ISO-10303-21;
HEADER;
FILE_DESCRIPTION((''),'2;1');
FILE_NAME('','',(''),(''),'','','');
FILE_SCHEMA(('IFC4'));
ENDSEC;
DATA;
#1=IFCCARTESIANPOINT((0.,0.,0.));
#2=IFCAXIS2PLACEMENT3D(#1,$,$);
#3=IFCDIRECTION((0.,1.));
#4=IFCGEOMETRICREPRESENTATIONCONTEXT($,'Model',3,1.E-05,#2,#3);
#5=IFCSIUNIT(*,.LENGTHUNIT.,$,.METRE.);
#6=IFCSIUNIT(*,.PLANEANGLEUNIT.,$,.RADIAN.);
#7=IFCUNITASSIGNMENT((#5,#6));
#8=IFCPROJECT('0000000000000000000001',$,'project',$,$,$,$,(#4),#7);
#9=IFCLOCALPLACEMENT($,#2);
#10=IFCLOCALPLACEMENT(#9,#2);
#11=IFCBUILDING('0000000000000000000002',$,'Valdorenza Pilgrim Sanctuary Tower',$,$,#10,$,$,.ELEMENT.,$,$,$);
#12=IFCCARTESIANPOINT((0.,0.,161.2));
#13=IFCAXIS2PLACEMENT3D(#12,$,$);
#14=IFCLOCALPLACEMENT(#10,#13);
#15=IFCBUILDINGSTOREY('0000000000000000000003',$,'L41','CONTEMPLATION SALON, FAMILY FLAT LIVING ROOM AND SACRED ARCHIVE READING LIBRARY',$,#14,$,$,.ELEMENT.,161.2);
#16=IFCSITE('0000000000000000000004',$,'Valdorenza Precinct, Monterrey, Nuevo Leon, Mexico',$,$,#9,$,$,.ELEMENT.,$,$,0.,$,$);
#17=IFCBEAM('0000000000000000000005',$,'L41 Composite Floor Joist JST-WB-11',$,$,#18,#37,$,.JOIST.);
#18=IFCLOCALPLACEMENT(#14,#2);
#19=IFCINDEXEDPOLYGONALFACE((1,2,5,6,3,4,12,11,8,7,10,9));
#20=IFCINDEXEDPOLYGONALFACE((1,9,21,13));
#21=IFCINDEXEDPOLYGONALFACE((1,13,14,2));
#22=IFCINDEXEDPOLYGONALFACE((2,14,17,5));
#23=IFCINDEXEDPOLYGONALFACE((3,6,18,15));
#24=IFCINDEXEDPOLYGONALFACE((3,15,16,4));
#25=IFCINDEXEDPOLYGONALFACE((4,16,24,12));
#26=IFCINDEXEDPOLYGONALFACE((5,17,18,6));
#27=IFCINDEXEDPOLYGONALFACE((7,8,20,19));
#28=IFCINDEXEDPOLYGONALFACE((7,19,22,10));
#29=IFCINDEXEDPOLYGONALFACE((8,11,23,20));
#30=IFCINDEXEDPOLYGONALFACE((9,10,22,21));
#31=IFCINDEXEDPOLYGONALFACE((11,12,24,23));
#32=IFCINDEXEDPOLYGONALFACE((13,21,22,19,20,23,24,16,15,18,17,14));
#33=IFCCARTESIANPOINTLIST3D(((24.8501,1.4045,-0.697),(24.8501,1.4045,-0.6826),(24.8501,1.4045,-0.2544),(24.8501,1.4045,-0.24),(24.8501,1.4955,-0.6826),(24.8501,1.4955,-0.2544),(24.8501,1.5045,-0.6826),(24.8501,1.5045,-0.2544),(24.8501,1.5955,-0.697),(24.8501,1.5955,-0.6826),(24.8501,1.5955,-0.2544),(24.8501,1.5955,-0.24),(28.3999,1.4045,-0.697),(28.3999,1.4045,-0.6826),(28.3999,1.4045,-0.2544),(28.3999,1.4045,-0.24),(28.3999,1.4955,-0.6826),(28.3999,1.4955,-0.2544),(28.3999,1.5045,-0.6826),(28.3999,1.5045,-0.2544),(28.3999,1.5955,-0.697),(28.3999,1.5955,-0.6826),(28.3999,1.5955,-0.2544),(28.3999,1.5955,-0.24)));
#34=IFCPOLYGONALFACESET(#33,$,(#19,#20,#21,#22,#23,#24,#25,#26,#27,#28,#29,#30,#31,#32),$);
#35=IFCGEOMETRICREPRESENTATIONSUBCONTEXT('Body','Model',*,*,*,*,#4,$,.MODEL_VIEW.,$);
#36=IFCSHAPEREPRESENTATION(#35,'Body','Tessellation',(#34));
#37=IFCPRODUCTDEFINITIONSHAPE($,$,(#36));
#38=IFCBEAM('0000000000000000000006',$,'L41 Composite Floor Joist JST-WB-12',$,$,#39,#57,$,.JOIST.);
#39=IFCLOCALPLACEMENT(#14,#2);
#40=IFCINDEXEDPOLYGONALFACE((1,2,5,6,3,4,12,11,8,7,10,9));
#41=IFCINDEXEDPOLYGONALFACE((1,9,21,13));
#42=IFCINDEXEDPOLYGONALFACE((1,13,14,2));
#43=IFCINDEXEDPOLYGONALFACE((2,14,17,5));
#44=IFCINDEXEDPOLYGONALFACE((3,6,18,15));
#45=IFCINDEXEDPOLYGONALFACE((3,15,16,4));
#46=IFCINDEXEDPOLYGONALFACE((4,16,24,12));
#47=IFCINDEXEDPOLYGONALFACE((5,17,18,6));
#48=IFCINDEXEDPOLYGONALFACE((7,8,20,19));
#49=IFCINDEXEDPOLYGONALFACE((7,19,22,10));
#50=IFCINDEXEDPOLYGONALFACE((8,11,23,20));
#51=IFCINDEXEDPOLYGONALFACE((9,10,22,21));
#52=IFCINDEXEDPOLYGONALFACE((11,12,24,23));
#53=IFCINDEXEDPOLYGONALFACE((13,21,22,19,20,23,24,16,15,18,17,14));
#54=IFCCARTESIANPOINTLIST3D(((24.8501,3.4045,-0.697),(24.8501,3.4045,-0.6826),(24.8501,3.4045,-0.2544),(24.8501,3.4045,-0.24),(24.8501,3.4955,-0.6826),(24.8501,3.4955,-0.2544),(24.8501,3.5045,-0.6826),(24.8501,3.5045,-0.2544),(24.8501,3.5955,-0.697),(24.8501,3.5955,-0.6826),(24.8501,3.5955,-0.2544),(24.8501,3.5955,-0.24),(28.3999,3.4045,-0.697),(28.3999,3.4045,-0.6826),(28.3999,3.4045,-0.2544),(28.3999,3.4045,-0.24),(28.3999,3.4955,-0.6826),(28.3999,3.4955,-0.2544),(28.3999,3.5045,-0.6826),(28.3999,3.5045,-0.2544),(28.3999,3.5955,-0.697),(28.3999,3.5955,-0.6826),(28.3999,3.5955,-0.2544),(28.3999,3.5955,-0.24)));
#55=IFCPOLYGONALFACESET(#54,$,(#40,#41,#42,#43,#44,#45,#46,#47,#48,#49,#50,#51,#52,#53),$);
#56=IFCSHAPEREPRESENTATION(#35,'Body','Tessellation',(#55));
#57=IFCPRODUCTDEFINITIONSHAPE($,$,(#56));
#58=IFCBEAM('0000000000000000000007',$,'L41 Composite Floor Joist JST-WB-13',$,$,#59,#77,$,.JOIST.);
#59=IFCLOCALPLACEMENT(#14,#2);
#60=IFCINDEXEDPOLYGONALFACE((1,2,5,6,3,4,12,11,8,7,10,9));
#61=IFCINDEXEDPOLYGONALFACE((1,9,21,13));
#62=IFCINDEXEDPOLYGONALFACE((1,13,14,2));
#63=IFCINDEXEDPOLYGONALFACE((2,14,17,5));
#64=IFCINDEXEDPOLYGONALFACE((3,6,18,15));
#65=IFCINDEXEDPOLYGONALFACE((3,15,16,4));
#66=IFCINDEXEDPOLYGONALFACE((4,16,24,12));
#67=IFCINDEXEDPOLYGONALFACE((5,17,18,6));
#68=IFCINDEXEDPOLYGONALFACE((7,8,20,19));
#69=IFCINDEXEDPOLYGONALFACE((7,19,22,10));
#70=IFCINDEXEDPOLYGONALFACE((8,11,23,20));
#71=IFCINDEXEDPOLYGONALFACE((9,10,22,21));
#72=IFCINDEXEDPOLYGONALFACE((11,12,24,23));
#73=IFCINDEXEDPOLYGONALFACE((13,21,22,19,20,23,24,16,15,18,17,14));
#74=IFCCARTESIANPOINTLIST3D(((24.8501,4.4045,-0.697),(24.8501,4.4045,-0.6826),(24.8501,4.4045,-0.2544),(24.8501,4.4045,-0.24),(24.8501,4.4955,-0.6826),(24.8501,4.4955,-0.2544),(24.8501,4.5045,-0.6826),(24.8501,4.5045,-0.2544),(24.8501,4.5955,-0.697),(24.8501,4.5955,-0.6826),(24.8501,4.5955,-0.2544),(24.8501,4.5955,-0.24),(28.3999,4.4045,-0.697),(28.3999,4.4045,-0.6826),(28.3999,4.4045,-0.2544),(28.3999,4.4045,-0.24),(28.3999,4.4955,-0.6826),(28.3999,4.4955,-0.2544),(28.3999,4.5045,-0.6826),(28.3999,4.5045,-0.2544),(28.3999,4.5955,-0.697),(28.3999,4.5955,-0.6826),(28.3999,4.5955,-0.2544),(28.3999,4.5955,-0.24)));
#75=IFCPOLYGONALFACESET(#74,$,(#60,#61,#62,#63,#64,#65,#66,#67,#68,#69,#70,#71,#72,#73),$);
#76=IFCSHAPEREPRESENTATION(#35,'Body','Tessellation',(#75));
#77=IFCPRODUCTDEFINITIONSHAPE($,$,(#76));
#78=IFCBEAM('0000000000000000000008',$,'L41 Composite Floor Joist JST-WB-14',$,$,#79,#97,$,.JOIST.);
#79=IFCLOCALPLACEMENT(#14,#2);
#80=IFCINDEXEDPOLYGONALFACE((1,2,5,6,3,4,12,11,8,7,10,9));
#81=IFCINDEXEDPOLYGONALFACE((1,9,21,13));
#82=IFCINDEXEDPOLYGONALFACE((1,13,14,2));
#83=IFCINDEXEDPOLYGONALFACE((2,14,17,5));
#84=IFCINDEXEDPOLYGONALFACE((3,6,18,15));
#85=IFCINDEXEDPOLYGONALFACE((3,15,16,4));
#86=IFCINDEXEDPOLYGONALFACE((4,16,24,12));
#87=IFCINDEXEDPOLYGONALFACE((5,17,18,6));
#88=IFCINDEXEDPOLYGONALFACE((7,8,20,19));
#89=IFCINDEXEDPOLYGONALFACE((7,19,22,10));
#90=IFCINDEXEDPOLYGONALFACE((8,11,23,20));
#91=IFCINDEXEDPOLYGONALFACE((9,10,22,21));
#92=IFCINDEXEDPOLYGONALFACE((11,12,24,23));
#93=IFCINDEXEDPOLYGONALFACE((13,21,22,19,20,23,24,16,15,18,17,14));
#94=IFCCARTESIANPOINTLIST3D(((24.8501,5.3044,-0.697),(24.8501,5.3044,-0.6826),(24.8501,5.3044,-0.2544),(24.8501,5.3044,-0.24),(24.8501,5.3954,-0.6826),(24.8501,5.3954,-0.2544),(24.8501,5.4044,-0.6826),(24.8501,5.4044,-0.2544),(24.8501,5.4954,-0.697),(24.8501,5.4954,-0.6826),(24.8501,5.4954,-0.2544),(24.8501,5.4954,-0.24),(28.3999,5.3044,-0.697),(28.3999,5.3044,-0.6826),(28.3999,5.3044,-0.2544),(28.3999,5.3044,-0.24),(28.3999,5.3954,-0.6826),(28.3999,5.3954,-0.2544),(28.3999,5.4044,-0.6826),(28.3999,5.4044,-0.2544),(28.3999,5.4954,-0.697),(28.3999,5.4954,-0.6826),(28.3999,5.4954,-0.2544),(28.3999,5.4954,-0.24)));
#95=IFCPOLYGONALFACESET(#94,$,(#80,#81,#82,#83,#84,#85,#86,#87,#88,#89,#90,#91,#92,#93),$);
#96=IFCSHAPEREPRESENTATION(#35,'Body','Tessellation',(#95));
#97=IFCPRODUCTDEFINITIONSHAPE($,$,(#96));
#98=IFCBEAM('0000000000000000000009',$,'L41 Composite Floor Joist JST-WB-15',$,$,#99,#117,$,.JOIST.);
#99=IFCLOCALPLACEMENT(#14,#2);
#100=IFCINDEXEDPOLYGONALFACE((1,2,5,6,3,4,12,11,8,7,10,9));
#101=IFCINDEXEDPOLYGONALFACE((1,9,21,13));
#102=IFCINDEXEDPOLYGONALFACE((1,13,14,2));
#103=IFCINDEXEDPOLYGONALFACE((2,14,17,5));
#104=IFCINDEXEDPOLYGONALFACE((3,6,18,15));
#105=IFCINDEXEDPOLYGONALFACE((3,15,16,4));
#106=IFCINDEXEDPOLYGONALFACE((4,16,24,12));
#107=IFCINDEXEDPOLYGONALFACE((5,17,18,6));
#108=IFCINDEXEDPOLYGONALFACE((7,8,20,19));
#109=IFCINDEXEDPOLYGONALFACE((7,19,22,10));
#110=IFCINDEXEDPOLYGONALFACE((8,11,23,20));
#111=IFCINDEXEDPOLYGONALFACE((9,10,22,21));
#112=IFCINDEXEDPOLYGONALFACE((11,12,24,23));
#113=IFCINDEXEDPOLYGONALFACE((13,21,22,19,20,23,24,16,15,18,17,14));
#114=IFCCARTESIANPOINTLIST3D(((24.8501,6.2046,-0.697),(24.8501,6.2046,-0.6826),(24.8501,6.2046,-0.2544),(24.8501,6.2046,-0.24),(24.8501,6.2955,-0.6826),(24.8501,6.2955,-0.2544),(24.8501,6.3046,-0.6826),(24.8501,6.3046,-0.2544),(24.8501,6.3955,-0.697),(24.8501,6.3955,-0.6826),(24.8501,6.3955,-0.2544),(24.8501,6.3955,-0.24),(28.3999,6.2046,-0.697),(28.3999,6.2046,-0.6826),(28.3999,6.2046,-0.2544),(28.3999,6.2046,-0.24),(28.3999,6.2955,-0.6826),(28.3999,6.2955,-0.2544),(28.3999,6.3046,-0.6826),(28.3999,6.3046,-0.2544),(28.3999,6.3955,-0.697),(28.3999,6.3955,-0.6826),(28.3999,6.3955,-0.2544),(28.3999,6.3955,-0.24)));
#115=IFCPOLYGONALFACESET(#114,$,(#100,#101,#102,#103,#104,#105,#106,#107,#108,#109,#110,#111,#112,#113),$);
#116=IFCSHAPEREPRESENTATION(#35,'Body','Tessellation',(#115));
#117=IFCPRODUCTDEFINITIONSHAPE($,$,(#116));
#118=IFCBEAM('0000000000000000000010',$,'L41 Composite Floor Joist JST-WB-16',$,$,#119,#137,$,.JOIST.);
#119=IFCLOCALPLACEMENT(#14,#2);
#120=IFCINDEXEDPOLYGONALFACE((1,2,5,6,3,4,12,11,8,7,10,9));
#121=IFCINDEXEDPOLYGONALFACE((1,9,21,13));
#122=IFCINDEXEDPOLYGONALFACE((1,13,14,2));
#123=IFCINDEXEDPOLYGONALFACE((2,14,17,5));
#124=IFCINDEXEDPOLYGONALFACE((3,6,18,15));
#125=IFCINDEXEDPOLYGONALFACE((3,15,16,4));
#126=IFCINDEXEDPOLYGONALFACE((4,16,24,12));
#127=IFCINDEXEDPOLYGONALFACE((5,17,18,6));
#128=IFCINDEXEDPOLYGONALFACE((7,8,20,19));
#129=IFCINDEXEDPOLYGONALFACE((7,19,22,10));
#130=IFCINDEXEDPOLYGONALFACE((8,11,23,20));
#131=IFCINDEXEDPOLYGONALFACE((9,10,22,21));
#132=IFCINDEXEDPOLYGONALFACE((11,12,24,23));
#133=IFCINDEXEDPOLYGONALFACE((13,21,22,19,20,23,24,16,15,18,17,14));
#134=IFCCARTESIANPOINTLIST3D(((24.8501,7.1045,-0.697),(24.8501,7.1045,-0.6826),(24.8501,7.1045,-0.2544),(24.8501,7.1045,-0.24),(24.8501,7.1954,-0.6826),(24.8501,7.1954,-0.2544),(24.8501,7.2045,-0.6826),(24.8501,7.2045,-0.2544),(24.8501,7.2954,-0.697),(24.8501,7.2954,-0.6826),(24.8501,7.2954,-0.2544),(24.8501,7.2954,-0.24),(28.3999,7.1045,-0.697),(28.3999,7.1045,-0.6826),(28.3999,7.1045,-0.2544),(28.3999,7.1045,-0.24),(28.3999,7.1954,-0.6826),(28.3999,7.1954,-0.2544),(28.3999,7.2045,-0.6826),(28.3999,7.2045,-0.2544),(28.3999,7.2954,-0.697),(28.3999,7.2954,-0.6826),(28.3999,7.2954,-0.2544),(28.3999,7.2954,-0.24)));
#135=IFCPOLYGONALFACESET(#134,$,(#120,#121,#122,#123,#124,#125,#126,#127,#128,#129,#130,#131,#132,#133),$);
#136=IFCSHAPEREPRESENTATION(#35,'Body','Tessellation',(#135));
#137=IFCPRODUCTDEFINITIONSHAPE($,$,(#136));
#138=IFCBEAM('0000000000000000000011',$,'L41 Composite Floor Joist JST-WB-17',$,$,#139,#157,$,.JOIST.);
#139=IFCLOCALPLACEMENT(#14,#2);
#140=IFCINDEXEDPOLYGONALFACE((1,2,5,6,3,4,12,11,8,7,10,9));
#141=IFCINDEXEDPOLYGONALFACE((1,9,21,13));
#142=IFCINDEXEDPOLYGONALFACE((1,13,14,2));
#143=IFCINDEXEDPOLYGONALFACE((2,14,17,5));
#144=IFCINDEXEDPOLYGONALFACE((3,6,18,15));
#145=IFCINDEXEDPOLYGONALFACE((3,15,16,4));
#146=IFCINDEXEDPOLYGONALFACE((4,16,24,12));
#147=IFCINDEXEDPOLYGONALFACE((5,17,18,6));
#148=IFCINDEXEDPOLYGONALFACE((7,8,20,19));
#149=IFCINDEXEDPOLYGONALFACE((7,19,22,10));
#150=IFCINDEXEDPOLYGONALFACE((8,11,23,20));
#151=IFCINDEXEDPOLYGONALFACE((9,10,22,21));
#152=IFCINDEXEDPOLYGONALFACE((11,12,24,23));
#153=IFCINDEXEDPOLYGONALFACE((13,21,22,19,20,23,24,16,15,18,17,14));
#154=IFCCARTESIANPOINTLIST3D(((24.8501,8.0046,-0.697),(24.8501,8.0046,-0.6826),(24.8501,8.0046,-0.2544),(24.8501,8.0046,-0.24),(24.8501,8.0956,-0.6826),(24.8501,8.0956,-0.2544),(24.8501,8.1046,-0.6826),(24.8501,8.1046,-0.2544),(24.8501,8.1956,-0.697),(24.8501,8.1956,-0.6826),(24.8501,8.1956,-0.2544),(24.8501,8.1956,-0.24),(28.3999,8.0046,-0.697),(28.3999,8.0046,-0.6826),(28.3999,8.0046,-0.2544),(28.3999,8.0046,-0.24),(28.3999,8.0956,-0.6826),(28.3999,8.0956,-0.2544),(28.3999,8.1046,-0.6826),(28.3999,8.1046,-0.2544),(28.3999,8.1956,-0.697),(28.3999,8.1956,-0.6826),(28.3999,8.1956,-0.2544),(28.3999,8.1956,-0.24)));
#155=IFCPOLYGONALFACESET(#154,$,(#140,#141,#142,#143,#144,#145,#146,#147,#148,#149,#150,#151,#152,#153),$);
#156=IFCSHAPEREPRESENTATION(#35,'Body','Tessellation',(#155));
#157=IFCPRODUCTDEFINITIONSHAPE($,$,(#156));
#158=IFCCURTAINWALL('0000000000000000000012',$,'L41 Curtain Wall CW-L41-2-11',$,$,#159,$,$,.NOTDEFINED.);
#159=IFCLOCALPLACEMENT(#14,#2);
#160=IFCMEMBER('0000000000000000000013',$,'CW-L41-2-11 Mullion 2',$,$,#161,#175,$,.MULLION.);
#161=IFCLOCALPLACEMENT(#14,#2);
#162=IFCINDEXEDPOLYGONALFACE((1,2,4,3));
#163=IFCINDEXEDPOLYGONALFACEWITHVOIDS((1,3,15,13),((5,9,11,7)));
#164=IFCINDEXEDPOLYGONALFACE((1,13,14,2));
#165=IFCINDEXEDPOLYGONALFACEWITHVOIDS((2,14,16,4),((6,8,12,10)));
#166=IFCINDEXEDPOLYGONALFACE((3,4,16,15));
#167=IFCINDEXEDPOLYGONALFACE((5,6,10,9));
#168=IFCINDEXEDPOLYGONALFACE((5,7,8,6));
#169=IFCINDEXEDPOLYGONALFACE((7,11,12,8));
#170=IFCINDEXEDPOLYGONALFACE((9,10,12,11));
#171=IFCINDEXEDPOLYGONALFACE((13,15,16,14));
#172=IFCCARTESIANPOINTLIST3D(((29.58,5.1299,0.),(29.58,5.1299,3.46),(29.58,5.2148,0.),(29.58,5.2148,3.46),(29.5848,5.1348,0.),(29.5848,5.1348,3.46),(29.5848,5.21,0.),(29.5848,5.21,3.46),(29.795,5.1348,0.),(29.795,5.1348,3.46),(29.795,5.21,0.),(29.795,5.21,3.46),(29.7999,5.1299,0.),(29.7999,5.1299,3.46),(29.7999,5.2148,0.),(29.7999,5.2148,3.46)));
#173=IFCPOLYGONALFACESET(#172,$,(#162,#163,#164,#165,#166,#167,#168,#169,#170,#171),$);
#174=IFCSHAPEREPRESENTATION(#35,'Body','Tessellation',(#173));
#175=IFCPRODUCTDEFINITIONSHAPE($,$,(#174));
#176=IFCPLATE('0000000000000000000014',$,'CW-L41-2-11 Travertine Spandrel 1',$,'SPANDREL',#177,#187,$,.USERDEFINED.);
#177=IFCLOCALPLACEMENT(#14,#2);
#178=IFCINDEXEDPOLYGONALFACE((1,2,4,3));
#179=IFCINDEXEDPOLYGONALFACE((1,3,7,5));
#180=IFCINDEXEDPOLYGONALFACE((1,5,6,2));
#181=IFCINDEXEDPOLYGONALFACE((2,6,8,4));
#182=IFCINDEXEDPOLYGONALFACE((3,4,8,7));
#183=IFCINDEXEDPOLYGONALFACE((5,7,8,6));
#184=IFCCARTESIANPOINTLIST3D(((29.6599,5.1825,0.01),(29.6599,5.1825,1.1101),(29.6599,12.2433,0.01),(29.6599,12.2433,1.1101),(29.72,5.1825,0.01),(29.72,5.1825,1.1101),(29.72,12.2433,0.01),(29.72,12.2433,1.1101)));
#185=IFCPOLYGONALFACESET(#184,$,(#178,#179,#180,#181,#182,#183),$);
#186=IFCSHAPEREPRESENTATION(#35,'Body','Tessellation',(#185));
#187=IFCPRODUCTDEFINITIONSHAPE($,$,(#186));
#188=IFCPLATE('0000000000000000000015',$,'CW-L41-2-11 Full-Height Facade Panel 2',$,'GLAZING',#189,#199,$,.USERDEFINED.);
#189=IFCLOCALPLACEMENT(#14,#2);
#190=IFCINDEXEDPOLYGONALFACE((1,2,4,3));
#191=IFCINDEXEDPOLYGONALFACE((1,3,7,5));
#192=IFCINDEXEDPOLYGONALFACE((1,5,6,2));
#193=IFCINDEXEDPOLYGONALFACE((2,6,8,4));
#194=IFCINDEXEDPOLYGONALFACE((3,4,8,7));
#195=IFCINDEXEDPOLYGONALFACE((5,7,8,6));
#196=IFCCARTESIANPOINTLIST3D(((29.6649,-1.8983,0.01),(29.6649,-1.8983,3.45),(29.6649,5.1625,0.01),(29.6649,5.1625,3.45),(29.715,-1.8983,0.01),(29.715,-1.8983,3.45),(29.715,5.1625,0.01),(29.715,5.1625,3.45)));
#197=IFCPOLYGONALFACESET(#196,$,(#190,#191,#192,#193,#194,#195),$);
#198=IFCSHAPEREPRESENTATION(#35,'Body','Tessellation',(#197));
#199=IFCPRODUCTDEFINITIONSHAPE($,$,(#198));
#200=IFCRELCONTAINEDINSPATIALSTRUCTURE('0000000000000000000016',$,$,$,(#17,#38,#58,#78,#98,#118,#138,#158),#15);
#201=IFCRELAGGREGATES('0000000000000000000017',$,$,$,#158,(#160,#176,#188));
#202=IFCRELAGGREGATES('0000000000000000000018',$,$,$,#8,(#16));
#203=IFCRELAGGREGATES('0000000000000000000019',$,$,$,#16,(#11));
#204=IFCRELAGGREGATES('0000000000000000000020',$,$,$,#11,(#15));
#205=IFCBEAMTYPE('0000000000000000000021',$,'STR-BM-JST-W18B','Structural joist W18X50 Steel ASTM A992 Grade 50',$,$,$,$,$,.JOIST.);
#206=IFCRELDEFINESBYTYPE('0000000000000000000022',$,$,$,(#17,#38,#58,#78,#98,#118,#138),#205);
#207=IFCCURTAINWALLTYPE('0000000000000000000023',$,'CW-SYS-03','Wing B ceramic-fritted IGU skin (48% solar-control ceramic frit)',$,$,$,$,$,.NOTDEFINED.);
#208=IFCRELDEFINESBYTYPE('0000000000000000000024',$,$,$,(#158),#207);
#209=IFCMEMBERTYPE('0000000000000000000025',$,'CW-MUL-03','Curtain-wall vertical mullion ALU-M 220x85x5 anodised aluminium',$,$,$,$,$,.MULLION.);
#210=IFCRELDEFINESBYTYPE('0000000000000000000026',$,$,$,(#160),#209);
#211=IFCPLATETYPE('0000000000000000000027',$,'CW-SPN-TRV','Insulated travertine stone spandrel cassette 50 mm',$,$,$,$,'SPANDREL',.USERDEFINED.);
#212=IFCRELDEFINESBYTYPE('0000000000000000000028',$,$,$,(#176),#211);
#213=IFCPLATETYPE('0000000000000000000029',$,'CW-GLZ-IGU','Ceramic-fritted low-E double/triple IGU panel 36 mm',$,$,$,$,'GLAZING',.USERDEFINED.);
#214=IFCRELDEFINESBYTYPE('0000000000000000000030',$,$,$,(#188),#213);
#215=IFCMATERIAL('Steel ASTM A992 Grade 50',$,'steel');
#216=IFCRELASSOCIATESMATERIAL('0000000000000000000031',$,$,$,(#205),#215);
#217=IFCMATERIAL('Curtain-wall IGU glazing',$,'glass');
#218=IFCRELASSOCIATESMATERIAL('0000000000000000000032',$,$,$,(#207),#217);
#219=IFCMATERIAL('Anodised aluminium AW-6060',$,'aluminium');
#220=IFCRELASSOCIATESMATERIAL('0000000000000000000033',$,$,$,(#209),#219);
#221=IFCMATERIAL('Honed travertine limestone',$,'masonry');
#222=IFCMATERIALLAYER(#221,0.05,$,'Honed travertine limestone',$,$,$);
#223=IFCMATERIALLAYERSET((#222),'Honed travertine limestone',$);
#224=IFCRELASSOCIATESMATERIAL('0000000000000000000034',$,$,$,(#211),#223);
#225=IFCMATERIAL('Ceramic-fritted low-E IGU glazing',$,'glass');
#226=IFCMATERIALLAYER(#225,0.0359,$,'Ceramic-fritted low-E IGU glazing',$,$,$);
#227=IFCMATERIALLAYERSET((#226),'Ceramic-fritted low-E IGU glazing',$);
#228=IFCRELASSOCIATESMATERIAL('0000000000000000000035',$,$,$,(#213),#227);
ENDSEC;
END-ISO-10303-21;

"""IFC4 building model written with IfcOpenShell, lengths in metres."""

from ifc_helpers import new_model, si_unit, direction, frame, origin, origin_2d, place, context, subcontext, project, spatial, rectangle, hollow_rectangle, i_section, extrude, source, transform, mapped, material, layer, layer_set, material_profile, profile_set, type_object, element, aggregate, save


model = new_model("IFC4")

# Units and contexts
model_context = context("Model", 3, precision=1e-05, world=origin(), true_north=direction((0.0, 1.0)))
body_context = subcontext(model_context, "Body", "Model", "MODEL_VIEW")
ifc_project = project(units=[si_unit("LENGTHUNIT", "METRE"), si_unit("PLANEANGLEUNIT", "RADIAN")], contexts=[model_context])

# Site, building, storey
site_placement = place(None, origin())
site = spatial("IfcSite", under=ifc_project, at=site_placement, Name="Valdorenza Precinct, Monterrey, Nuevo Leon, Mexico", CompositionType="ELEMENT", RefElevation=0.0)
building_placement = place(site_placement, origin())
building = spatial("IfcBuilding", under=site, at=building_placement, Name="Valdorenza Pilgrim Sanctuary Tower", CompositionType="ELEMENT")
storey_placement = place(building_placement, frame((0.0, 0.0, 161.2)))
storey = spatial("IfcBuildingStorey", under=building, at=storey_placement, Name="L41", Description="CONTEMPLATION SALON, FAMILY FLAT LIVING ROOM AND SACRED ARCHIVE READING LIBRARY", CompositionType="ELEMENT", Elevation=161.2)

# Beams
ifc_material_1 = material(Name="Steel ASTM A992 Grade 50", Category="steel")
ifc_material_profile_1 = material_profile(ifc_material_1, i_section(OverallWidth=0.1909, OverallDepth=0.457, WebThickness=0.009, FlangeThickness=0.0144, at=origin_2d()), Name="W18X50")
ifc_profile_set_1 = profile_set([ifc_material_profile_1], Name="Steel ASTM A992 Grade 50")
beam_type = type_object("IfcBeamType", Name="STR-BM-JST-W18B", Description="Structural joist W18X50 Steel ASTM A992 Grade 50", PredefinedType="JOIST", material=ifc_profile_set_1)
shared_shape_1 = source(origin(), body_context, "Body", "SweptSolid", [
    extrude(i_section(OverallWidth=0.1909, OverallDepth=0.457, WebThickness=0.009, FlangeThickness=0.0144, at=origin_2d()), origin(), (0.0, 0.0, 1.0), 3.5498),
])
for number, where, z_axis, x_axis, name in (
    (1, (24.8501, 1.5, -0.4685), (1.0, 0.0, 0.0), (0.0, 1.0, 0.0), "L41 Composite Floor Joist JST-WB-11"),
    (2, (24.8501, 3.5, -0.4685), (1.0, 0.0, 0.0), (0.0, 1.0, 0.0), "L41 Composite Floor Joist JST-WB-12"),
    (3, (24.8501, 4.5, -0.4685), (1.0, 0.0, 0.0), (0.0, 1.0, 0.0), "L41 Composite Floor Joist JST-WB-13"),
    (4, (24.8501, 5.3999, -0.4685), (1.0, 0.0, 0.0), (0.0, 1.0, 0.0), "L41 Composite Floor Joist JST-WB-14"),
    (5, (24.8501, 6.3, -0.4685), (1.0, 0.0, 0.0), (0.0, 1.0, 0.0), "L41 Composite Floor Joist JST-WB-15"),
    (6, (24.8501, 7.2, -0.4685), (1.0, 0.0, 0.0), (0.0, 1.0, 0.0), "L41 Composite Floor Joist JST-WB-16"),
    (7, (24.8501, 8.1001, -0.4685), (1.0, 0.0, 0.0), (0.0, 1.0, 0.0), "L41 Composite Floor Joist JST-WB-17"),
):
    element("IfcBeam", number, at=place(storey_placement, frame(where, z_axis=z_axis, x_axis=x_axis)), inside=storey, type_object=beam_type, Name=name, PredefinedType="JOIST", context=body_context, shape_type="MappedRepresentation", body=[
        mapped(shared_shape_1, transform((0.0, 0.0, 0.0), x_axis=(1.0, 0.0, 0.0), y_axis=(0.0, 1.0, 0.0), z_axis=(0.0, 0.0, 1.0), scale=1.0)),
    ])

# Curtain wall, member, plates
ifc_material_2 = material(Name="Curtain-wall IGU glazing", Category="glass")
curtain_wall_type = type_object("IfcCurtainWallType", Name="CW-SYS-03", Description="Wing B ceramic-fritted IGU skin (48% solar-control ceramic frit)", PredefinedType="NOTDEFINED", material=ifc_material_2)
curtain_wall_placement = place(storey_placement, origin())
curtain_wall = element("IfcCurtainWall", 8, at=curtain_wall_placement, inside=storey, type_object=curtain_wall_type, Name="L41 Curtain Wall CW-L41-2-11", PredefinedType="NOTDEFINED")
ifc_material_3 = material(Name="Anodised aluminium AW-6060", Category="aluminium")
ifc_material_profile_2 = material_profile(ifc_material_3, hollow_rectangle(XDim=0.085, YDim=0.22, WallThickness=0.0049, at=origin_2d()), Name="ALU-M 220x85x5")
ifc_profile_set_2 = profile_set([ifc_material_profile_2], Name="Anodised aluminium AW-6060")
member_type = type_object("IfcMemberType", Name="CW-MUL-03", Description="Curtain-wall vertical mullion ALU-M 220x85x5 anodised aluminium", PredefinedType="MULLION", material=ifc_profile_set_2)
shared_shape_2 = source(origin(), body_context, "Body", "SweptSolid", [
    extrude(hollow_rectangle(XDim=0.085, YDim=0.22, WallThickness=0.0049, at=origin_2d()), origin(), (0.0, 0.0, 1.0), 3.46),
])
member_placement = place(storey_placement, frame((29.6899, 5.1724, 0.0), z_axis=(0.0, 0.0, 1.0), x_axis=(0.0, -1.0, 0.0)))
member = element("IfcMember", 9, at=member_placement, type_object=member_type, Name="CW-L41-2-11 Mullion 2", PredefinedType="MULLION", context=body_context, shape_type="MappedRepresentation", body=[
    mapped(shared_shape_2, transform((0.0, 0.0, 0.0), x_axis=(1.0, 0.0, 0.0), y_axis=(0.0, 1.0, 0.0), z_axis=(0.0, 0.0, 1.0), scale=1.0)),
])
ifc_material_4 = material(Name="Honed travertine limestone", Category="masonry")
ifc_layer_1 = layer(ifc_material_4, 0.05, Name="Honed travertine limestone")
ifc_layer_set_1 = layer_set([ifc_layer_1], Name="Honed travertine limestone")
plate_type_1 = type_object("IfcPlateType", Name="CW-SPN-TRV", Description="Insulated travertine stone spandrel cassette 50 mm", ElementType="SPANDREL", PredefinedType="USERDEFINED", material=ifc_layer_set_1)
shared_shape_3 = source(origin(), body_context, "Body", "SweptSolid", [
    extrude(rectangle(XDim=7.0608, YDim=0.0601, at=origin_2d()), origin(), (0.0, 0.0, 1.0), 1.1001),
])
plate_1_placement = place(storey_placement, frame((29.6899, 8.7129, 0.01), z_axis=(0.0, 0.0, 1.0), x_axis=(0.0, -1.0, 0.0)))
plate_1 = element("IfcPlate", 10, at=plate_1_placement, type_object=plate_type_1, Name="CW-L41-2-11 Travertine Spandrel 1", ObjectType="SPANDREL", PredefinedType="USERDEFINED", context=body_context, shape_type="MappedRepresentation", body=[
    mapped(shared_shape_3, transform((0.0, 0.0, 0.0), x_axis=(1.0, 0.0, 0.0), y_axis=(0.0, 1.0, 0.0), z_axis=(0.0, 0.0, 1.0), scale=1.0)),
])
ifc_material_5 = material(Name="Ceramic-fritted low-E IGU glazing", Category="glass")
ifc_layer_2 = layer(ifc_material_5, 0.0359, Name="Ceramic-fritted low-E IGU glazing")
ifc_layer_set_2 = layer_set([ifc_layer_2], Name="Ceramic-fritted low-E IGU glazing")
plate_type_2 = type_object("IfcPlateType", Name="CW-GLZ-IGU", Description="Ceramic-fritted low-E double/triple IGU panel 36 mm", ElementType="GLAZING", PredefinedType="USERDEFINED", material=ifc_layer_set_2)
shared_shape_4 = source(origin(), body_context, "Body", "SweptSolid", [
    extrude(rectangle(XDim=7.0608, YDim=0.05, at=origin_2d()), origin(), (0.0, 0.0, 1.0), 3.4399),
])
plate_2_placement = place(storey_placement, frame((29.6899, 1.6321, 0.01), z_axis=(0.0, 0.0, 1.0), x_axis=(0.0, -1.0, 0.0)))
plate_2 = element("IfcPlate", 11, at=plate_2_placement, type_object=plate_type_2, Name="CW-L41-2-11 Full-Height Facade Panel 2", ObjectType="GLAZING", PredefinedType="USERDEFINED", context=body_context, shape_type="MappedRepresentation", body=[
    mapped(shared_shape_4, transform((0.0, 0.0, 0.0), x_axis=(1.0, 0.0, 0.0), y_axis=(0.0, 1.0, 0.0), z_axis=(0.0, 0.0, 1.0), scale=1.0)),
])
aggregate(curtain_wall, [member, plate_1, plate_2])

save(model, "model.ifc")
